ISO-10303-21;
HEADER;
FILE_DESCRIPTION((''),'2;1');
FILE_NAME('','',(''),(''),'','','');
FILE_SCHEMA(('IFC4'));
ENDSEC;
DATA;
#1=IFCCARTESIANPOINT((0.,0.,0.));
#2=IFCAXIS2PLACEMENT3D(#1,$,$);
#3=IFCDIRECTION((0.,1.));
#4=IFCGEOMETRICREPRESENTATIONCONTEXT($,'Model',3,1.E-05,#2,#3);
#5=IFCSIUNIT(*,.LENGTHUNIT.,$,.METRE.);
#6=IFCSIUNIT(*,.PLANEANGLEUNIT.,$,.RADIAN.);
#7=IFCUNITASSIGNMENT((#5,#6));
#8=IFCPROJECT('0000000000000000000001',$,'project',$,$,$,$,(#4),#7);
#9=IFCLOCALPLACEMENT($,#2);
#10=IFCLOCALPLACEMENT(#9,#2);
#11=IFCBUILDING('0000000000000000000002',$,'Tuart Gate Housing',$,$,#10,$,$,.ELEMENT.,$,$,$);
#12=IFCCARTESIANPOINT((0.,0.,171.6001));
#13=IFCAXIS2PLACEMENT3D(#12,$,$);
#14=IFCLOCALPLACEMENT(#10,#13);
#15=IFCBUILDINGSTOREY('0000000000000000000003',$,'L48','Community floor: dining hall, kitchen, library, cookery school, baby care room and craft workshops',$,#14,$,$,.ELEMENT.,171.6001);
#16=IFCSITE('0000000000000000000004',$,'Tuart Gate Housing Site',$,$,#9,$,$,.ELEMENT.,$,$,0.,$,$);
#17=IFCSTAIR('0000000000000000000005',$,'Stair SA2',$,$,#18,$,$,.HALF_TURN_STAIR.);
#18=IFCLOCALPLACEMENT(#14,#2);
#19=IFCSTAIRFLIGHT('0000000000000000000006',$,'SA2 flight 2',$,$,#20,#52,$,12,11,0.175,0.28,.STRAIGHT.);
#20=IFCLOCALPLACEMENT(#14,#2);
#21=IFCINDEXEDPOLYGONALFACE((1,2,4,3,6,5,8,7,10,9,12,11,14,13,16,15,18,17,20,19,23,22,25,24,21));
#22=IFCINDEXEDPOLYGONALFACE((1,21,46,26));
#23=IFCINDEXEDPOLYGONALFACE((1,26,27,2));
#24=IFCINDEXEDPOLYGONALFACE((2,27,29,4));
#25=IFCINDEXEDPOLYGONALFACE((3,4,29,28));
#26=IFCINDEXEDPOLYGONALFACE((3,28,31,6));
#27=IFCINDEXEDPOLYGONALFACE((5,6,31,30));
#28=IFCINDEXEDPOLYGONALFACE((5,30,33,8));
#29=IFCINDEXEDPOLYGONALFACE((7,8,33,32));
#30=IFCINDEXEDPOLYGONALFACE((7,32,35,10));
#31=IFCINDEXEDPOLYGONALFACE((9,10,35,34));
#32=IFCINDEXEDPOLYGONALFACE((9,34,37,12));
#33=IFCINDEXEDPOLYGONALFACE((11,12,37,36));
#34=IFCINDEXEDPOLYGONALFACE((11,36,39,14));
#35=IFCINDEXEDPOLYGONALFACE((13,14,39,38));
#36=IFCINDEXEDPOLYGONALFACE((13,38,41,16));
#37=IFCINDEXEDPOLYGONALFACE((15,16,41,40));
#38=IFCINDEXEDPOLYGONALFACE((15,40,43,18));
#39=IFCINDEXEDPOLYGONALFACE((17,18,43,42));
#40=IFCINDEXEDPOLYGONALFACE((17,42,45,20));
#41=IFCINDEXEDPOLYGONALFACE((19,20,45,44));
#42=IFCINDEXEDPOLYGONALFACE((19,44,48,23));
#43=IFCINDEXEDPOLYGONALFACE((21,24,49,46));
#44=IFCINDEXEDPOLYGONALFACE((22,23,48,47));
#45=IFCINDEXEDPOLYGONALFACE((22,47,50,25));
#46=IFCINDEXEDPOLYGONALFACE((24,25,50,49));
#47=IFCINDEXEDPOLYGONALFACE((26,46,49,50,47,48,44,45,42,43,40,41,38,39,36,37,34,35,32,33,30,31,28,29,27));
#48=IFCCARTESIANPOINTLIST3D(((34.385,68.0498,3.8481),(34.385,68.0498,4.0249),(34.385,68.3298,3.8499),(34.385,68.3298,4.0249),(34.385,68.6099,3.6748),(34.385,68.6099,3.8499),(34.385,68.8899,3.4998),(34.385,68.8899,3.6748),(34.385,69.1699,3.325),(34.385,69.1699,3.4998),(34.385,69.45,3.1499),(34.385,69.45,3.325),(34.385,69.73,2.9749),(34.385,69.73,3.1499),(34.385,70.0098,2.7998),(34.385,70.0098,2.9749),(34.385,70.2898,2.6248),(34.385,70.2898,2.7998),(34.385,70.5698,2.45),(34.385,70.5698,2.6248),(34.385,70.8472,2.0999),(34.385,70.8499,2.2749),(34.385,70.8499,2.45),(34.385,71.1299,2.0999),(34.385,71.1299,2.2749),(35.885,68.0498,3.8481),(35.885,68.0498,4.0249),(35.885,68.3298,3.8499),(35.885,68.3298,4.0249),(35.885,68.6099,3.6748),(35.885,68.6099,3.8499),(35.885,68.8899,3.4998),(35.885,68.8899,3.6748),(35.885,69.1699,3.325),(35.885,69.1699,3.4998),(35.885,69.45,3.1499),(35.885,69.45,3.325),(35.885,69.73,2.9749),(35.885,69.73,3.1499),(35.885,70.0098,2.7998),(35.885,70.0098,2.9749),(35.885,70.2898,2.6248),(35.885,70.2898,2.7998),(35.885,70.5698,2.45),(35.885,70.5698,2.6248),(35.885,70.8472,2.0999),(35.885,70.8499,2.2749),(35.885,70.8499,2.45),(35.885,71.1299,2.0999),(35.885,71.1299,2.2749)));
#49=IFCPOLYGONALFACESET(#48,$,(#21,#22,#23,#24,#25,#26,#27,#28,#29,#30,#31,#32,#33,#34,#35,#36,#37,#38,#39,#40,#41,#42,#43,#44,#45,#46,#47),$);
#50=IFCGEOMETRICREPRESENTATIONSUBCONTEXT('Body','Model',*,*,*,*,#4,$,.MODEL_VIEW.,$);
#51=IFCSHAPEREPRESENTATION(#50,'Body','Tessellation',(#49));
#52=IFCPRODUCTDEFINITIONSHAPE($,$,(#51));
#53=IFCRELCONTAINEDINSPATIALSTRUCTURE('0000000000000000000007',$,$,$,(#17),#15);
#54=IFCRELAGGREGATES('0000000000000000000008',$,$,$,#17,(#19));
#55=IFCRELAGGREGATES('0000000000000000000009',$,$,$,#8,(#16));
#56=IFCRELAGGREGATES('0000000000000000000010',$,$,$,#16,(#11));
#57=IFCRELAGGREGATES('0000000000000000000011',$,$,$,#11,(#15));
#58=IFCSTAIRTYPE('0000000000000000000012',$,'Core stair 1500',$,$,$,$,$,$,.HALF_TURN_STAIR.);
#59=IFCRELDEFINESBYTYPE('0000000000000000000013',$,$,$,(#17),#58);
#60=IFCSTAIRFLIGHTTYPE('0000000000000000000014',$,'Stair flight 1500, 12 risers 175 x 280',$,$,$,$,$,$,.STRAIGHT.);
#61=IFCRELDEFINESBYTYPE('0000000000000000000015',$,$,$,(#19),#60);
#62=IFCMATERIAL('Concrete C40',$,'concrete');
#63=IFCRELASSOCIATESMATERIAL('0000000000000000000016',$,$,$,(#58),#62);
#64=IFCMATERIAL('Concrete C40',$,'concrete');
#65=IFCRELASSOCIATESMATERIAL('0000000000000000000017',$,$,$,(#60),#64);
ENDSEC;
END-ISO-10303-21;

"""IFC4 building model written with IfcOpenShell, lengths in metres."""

from ifc_helpers import new_model, si_unit, direction, frame, origin, place, context, subcontext, project, spatial, polyline, outline, extrude, material, type_object, element, aggregate, save


model = new_model("IFC4")

# Units and contexts
model_context = context("Model", 3, precision=1e-05, world=origin(), true_north=direction((0.0, 1.0)))
body_context = subcontext(model_context, "Body", "Model", "MODEL_VIEW")
ifc_project = project(units=[si_unit("LENGTHUNIT", "METRE"), si_unit("PLANEANGLEUNIT", "RADIAN")], contexts=[model_context])

# Site, building, storey
site_placement = place(None, origin())
site = spatial("IfcSite", under=ifc_project, at=site_placement, Name="Tuart Gate Housing Site", CompositionType="ELEMENT", RefElevation=0.0)
building_placement = place(site_placement, origin())
building = spatial("IfcBuilding", under=site, at=building_placement, Name="Tuart Gate Housing", CompositionType="ELEMENT")
storey_placement = place(building_placement, frame((0.0, 0.0, 171.6001)))
storey = spatial("IfcBuildingStorey", under=building, at=storey_placement, Name="L48", Description="Community floor: dining hall, kitchen, library, cookery school, baby care room and craft workshops", CompositionType="ELEMENT", Elevation=171.6001)

# Stair, stair flight
ifc_material_1 = material(Name="Concrete C40", Category="concrete")
stair_type = type_object("IfcStairType", Name="Core stair 1500", PredefinedType="HALF_TURN_STAIR", material=ifc_material_1)
stair_placement = place(storey_placement, origin())
stair = element("IfcStair", 1, at=stair_placement, inside=storey, type_object=stair_type, Name="Stair SA2", PredefinedType="HALF_TURN_STAIR")
ifc_material_2 = material(Name="Concrete C40", Category="concrete")
stair_flight_type = type_object("IfcStairFlightType", Name="Stair flight 1500, 12 risers 175 x 280", PredefinedType="STRAIGHT", material=ifc_material_2)
stair_flight_placement = place(storey_placement, frame((35.135, 71.1299, 2.0999), z_axis=(0.0, 0.0, 1.0), x_axis=(0.0, -1.0, 0.0)))
stair_flight = element("IfcStairFlight", 2, at=stair_flight_placement, type_object=stair_flight_type, Name="SA2 flight 2", NumberOfRisers=12, NumberOfTreads=11, PredefinedType="STRAIGHT", RiserHeight=0.175, TreadLength=0.28, context=body_context, shape_type="SweptSolid", body=[
    extrude(outline(polyline([(0.0, 0.0), (0.0, 0.175), (0.28, 0.175), (0.28, 0.3501), (0.5601, 0.3501), (0.5601, 0.5249), (0.8401, 0.5249), (0.8401, 0.7), (1.1201, 0.7), (1.1201, 0.875), (1.3999, 0.875), (1.3999, 1.05), (1.6799, 1.05), (1.6799, 1.2251), (1.96, 1.2251), (1.96, 1.3999), (2.24, 1.3999), (2.24, 1.575), (2.52, 1.575), (2.52, 1.75), (2.8, 1.75), (2.8, 1.925), (3.0801, 1.925), (3.0801, 2.1001), (3.0801, 1.7483), (0.2827, 0.0), (0.0, 0.0)])), frame((0.0, 0.75, 0.0), z_axis=(0.0, -1.0, 0.0), x_axis=(1.0, 0.0, 0.0)), (0.0, 0.0, 1.0), 1.5),
])
aggregate(stair, [stair_flight])

save(model, "model.ifc")
